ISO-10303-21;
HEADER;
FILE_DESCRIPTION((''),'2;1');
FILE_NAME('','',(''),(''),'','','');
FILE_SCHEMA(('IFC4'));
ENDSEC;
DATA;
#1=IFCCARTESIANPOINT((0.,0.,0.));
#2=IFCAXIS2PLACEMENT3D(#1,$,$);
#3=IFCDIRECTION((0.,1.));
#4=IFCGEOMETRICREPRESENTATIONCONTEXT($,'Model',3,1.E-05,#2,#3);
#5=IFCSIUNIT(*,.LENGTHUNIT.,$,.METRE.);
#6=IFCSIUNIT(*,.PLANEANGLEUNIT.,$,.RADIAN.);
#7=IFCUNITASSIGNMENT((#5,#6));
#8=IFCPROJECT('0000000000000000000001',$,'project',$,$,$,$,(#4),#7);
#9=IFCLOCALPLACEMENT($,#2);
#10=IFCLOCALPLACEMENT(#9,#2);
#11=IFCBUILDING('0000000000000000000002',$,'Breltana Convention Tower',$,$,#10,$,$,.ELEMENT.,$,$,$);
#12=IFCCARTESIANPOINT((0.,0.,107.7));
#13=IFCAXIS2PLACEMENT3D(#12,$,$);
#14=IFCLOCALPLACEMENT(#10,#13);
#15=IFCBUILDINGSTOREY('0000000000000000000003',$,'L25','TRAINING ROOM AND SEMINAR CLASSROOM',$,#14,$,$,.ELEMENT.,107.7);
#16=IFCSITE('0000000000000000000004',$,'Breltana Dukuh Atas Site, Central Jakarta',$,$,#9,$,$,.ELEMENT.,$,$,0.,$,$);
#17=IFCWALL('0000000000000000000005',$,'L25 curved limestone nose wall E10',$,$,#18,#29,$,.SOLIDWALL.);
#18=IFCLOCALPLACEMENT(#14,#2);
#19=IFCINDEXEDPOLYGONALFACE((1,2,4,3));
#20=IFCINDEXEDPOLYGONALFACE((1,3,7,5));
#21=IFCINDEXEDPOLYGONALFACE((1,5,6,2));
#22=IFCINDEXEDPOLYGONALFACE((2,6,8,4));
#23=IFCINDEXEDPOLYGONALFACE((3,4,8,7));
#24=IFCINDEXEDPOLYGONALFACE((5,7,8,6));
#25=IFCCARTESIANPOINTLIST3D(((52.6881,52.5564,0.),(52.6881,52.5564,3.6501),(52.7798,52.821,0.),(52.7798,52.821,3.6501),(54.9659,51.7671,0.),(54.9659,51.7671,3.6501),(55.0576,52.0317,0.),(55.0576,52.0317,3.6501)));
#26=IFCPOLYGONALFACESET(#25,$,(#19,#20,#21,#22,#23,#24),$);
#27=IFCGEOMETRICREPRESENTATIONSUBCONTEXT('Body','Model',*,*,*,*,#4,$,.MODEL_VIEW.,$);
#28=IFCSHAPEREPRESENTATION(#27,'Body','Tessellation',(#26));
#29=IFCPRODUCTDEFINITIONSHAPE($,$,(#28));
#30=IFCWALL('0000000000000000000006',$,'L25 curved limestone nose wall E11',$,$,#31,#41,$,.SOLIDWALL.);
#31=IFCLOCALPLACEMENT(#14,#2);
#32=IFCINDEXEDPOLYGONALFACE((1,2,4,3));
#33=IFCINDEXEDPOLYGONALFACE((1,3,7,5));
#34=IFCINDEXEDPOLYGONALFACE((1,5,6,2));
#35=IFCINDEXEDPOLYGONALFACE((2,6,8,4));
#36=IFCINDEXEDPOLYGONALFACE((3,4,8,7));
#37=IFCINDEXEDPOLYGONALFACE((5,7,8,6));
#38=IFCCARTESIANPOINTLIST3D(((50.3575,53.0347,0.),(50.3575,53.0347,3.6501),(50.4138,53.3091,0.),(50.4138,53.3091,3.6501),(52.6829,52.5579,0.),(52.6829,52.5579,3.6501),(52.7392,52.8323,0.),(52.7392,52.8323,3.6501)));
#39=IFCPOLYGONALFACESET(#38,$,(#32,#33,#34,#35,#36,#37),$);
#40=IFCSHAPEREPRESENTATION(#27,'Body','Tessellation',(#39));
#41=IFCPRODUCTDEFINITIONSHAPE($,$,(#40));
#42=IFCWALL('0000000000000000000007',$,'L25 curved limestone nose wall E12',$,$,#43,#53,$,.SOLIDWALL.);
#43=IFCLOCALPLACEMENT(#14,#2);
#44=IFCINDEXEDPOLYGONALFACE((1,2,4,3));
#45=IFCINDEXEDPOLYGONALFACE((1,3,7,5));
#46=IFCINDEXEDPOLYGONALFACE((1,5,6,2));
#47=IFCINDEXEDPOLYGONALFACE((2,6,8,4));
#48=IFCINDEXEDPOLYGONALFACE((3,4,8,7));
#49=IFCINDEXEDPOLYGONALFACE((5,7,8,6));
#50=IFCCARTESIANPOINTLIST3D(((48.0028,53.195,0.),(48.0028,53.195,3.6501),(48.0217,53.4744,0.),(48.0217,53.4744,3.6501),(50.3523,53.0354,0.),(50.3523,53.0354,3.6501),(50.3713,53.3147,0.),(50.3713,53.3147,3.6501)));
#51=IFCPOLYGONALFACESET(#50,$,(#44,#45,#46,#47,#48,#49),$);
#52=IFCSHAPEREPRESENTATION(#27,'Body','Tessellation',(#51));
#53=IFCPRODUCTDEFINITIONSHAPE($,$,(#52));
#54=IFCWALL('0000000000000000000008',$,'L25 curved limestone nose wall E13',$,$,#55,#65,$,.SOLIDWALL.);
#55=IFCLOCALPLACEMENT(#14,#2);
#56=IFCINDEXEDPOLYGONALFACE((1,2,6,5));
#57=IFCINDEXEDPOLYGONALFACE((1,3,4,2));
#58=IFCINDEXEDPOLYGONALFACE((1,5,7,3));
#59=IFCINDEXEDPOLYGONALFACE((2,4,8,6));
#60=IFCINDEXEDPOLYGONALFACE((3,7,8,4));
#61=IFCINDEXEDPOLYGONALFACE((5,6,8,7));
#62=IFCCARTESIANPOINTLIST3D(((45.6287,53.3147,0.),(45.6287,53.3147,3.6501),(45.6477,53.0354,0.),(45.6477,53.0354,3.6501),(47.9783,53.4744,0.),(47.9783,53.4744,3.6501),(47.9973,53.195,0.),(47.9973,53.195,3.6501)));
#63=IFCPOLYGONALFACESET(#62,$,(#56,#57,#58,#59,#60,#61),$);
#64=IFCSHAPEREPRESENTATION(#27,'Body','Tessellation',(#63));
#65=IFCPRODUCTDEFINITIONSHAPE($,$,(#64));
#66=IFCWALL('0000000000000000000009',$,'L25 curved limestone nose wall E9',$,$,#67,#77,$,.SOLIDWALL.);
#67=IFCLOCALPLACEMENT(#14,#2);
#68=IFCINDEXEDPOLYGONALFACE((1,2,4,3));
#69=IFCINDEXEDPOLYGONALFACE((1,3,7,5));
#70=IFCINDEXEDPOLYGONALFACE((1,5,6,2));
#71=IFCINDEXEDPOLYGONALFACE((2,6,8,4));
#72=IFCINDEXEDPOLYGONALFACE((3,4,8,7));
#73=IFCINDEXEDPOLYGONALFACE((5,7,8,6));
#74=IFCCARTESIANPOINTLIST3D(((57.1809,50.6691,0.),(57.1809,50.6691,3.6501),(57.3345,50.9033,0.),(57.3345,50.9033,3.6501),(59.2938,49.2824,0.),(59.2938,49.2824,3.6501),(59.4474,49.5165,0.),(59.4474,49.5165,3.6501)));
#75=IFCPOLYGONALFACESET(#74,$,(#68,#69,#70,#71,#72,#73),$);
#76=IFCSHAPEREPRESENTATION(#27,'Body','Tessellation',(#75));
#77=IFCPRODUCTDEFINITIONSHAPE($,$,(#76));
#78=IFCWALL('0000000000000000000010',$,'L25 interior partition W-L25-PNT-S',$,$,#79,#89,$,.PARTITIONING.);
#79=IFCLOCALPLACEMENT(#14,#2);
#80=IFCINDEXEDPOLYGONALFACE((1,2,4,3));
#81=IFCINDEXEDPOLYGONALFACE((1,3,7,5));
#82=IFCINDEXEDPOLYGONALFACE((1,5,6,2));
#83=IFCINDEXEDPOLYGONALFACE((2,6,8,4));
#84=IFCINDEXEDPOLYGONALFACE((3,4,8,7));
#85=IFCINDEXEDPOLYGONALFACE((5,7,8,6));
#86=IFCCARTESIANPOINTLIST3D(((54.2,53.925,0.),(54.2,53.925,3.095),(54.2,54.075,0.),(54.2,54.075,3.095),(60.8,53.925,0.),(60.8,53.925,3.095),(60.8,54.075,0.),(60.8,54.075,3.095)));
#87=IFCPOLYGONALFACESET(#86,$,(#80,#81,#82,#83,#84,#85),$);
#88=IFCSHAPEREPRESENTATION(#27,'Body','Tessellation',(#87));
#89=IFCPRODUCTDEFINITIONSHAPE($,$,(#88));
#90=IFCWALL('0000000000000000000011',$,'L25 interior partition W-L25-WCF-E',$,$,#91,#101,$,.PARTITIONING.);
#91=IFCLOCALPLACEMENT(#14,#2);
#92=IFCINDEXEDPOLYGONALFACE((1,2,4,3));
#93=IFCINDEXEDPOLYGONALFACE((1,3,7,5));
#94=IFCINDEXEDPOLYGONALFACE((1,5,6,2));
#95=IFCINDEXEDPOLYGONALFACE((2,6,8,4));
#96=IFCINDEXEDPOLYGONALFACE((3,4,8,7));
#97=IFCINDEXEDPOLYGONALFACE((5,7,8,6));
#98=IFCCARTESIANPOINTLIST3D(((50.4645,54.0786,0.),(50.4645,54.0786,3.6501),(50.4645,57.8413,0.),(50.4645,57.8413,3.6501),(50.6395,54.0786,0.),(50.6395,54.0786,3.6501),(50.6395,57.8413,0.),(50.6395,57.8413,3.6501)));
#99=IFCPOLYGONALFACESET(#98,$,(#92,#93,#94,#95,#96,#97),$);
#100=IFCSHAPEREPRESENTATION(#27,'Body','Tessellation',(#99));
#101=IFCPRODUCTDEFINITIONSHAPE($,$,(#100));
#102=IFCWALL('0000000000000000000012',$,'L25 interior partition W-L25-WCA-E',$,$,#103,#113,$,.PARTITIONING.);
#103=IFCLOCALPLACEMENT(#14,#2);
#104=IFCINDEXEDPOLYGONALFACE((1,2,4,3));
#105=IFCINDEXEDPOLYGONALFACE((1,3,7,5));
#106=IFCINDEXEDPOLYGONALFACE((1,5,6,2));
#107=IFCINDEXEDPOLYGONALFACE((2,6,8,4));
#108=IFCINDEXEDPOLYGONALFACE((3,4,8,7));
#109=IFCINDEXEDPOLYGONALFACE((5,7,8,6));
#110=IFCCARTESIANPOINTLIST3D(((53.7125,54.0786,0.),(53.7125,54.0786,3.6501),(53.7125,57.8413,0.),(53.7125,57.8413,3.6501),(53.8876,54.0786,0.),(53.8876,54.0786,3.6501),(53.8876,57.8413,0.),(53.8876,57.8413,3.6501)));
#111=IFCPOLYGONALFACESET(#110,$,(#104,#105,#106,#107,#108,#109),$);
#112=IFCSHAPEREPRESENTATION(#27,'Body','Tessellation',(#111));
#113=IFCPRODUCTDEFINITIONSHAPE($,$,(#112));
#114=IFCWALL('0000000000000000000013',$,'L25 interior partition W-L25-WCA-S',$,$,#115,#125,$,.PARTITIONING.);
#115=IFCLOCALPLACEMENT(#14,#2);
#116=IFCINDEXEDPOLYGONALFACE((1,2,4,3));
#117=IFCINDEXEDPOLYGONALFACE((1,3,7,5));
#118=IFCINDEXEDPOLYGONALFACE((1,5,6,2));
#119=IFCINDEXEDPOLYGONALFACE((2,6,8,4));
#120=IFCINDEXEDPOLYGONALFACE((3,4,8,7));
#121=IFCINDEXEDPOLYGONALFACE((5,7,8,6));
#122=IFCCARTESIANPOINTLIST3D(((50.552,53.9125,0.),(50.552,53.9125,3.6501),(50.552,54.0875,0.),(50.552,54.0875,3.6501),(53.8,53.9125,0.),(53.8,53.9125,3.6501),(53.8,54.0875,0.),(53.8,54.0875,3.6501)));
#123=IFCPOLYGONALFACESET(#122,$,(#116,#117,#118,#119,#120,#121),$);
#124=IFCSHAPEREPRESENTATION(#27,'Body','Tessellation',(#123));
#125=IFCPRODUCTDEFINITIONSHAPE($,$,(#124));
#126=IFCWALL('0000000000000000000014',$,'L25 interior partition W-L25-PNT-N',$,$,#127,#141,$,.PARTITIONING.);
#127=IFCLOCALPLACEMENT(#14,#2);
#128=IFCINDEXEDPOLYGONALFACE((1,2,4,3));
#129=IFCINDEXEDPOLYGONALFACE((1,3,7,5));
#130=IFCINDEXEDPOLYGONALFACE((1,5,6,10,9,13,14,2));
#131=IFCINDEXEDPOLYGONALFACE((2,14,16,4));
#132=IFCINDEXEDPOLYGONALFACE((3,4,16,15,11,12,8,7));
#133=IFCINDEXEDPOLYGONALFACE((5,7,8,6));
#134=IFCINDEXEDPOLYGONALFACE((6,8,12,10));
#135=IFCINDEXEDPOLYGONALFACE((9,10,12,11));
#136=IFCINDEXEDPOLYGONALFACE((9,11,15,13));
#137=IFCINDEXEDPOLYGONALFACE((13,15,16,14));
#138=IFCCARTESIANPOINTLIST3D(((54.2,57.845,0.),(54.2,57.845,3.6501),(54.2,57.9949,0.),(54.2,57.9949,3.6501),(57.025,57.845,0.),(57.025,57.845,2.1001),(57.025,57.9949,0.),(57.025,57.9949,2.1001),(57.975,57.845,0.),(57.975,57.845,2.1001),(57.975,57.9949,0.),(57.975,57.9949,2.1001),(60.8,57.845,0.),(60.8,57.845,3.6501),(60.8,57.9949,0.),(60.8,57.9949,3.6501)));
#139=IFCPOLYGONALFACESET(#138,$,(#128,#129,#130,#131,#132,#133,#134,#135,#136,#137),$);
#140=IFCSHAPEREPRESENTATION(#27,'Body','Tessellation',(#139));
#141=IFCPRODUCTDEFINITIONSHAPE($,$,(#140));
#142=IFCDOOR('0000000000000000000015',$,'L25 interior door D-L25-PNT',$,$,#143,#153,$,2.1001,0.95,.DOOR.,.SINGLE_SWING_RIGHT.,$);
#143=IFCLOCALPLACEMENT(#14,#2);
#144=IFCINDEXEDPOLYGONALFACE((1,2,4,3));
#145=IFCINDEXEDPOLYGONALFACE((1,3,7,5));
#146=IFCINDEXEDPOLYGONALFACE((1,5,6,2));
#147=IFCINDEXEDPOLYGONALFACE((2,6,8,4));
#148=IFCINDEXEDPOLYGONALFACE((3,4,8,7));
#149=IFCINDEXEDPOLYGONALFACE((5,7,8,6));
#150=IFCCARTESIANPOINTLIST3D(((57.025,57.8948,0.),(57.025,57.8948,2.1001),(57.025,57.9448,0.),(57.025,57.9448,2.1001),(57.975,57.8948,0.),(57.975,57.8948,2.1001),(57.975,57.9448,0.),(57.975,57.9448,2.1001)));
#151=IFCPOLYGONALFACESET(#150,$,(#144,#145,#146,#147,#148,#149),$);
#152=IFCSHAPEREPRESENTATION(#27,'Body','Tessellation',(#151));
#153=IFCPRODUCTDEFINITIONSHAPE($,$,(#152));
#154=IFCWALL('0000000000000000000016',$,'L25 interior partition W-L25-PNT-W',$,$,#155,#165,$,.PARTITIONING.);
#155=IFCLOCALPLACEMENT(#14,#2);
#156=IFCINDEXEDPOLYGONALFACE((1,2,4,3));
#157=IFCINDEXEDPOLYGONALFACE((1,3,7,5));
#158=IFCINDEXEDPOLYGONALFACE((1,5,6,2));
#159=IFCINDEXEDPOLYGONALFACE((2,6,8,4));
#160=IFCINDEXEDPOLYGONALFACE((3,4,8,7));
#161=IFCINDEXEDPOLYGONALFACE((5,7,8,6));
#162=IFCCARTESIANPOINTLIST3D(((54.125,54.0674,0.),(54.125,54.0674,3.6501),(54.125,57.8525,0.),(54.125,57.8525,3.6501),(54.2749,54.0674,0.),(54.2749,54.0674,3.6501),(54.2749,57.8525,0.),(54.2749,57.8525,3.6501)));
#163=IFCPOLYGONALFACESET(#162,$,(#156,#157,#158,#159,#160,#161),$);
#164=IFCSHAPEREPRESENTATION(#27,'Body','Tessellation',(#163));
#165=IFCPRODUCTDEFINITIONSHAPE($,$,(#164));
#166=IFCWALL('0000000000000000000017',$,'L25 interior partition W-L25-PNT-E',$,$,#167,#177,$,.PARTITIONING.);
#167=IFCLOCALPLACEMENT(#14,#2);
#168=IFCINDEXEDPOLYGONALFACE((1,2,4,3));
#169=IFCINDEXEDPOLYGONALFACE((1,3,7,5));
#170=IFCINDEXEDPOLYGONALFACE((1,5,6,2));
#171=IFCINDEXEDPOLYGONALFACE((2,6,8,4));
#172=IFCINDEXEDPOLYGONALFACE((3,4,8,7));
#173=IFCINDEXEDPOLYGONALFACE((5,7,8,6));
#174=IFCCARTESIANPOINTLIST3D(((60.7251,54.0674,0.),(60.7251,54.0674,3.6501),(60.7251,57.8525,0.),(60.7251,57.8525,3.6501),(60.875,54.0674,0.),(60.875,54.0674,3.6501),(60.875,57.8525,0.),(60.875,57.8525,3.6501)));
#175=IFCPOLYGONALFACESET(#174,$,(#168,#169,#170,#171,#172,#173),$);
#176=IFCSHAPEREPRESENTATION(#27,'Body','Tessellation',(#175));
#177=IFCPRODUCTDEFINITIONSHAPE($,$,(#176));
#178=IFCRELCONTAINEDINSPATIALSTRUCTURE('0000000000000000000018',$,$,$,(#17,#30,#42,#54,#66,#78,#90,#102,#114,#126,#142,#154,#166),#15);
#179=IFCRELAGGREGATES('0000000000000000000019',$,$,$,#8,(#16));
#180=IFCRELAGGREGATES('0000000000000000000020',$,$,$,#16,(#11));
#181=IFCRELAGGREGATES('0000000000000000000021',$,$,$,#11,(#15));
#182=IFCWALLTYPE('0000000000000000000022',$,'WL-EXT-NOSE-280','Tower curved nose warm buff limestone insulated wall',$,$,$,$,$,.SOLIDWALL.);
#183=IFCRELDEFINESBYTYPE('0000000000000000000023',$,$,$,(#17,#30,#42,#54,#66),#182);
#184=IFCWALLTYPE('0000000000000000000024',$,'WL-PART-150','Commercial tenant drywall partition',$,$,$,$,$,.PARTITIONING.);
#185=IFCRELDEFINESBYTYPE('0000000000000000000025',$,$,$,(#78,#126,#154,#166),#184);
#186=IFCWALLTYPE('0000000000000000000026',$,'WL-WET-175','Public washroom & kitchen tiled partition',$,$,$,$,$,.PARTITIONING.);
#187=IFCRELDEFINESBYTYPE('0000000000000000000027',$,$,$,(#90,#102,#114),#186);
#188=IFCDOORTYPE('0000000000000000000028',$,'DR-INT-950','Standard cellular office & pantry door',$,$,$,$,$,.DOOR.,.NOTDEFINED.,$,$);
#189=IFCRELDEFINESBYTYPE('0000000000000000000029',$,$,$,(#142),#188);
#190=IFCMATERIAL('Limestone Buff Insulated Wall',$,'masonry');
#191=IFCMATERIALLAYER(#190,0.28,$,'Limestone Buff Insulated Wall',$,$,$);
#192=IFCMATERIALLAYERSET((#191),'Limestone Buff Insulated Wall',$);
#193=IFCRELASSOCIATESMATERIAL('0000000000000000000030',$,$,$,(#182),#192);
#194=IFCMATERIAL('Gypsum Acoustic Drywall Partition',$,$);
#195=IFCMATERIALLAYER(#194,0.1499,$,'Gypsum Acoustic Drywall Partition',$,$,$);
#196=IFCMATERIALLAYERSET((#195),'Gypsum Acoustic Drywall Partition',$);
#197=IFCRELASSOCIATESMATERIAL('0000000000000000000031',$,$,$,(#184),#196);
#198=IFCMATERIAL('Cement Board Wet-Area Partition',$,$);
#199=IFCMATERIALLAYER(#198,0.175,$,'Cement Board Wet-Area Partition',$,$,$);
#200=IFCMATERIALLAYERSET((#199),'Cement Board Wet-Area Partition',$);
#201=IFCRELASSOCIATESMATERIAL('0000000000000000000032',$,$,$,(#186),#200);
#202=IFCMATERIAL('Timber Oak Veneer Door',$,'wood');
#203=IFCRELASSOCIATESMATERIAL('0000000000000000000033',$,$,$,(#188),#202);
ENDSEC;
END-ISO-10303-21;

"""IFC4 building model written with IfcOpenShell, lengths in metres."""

from ifc_helpers import new_model, si_unit, direction, frame, frame_2d, origin, place, context, subcontext, project, spatial, rectangle, extrude, source, transform, mapped, material, layer, layer_set, type_object, type_shapes, element, fill, save


model = new_model("IFC4")

# Units and contexts
model_context = context("Model", 3, precision=1e-05, world=origin(), true_north=direction((0.0, 1.0)))
body_context = subcontext(model_context, "Body", "Model", "MODEL_VIEW")
ifc_project = project(units=[si_unit("LENGTHUNIT", "METRE"), si_unit("PLANEANGLEUNIT", "RADIAN")], contexts=[model_context])

# Site, building, storey
site_placement = place(None, origin())
site = spatial("IfcSite", under=ifc_project, at=site_placement, Name="Breltana Dukuh Atas Site, Central Jakarta", CompositionType="ELEMENT", RefElevation=0.0)
building_placement = place(site_placement, origin())
building = spatial("IfcBuilding", under=site, at=building_placement, Name="Breltana Convention Tower", CompositionType="ELEMENT")
storey_placement = place(building_placement, frame((0.0, 0.0, 107.7)))
storey = spatial("IfcBuildingStorey", under=building, at=storey_placement, Name="L25", Description="TRAINING ROOM AND SEMINAR CLASSROOM", CompositionType="ELEMENT", Elevation=107.7)

# Walls
ifc_material_1 = material(Name="Limestone Buff Insulated Wall", Category="masonry")
ifc_layer_1 = layer(ifc_material_1, 0.28, Name="Limestone Buff Insulated Wall")
ifc_layer_set_1 = layer_set([ifc_layer_1], Name="Limestone Buff Insulated Wall")
wall_type_1 = type_object("IfcWallType", Name="WL-EXT-NOSE-280", Description="Tower curved nose warm buff limestone insulated wall", PredefinedType="SOLIDWALL", material=ifc_layer_set_1)
shared_shape_1 = source(origin(), body_context, "Body", "SweptSolid", [
    extrude(rectangle(XDim=2.4106, YDim=0.28, at=frame_2d((1.2053, 0.0))), origin(), (0.0, 0.0, 1.0), 3.6501),
])
wall_1_placement = place(storey_placement, frame((55.0117, 51.8994, 0.0), z_axis=(0.0, 0.0, 1.0), x_axis=(-0.94488, 0.327417, 0.0)))
element("IfcWall", 1, at=wall_1_placement, inside=storey, type_object=wall_type_1, Name="L25 curved limestone nose wall E10", PredefinedType="SOLIDWALL", context=body_context, shape_type="MappedRepresentation", body=[
    mapped(shared_shape_1, transform((0.0, 0.0, 0.0), scale=1.0)),
])
shared_shape_2 = source(origin(), body_context, "Body", "SweptSolid", [
    extrude(rectangle(XDim=2.3738, YDim=0.28, at=frame_2d((1.187, 0.0))), origin(), (0.0, 0.0, 1.0), 3.6501),
])
wall_2_placement = place(storey_placement, frame((52.7112, 52.6951, 0.0), z_axis=(0.0, 0.0, 1.0), x_axis=(-0.97962, 0.200861, 0.0)))
element("IfcWall", 2, at=wall_2_placement, inside=storey, type_object=wall_type_1, Name="L25 curved limestone nose wall E11", PredefinedType="SOLIDWALL", context=body_context, shape_type="MappedRepresentation", body=[
    mapped(shared_shape_2, transform((0.0, 0.0, 0.0), scale=1.0)),
])
shared_shape_3 = source(origin(), body_context, "Body", "SweptSolid", [
    extrude(rectangle(XDim=2.355, YDim=0.28, at=frame_2d((1.1775, 0.0))), origin(), (0.0, 0.0, 1.0), 3.6501),
])
for number, where, z_axis, x_axis, name in (
    (3, (50.3618, 53.175, 0.0), (0.0, 0.0, 1.0), (-0.997699, 0.067799, 0.0), "L25 curved limestone nose wall E12"),
    (4, (47.9878, 53.3347, 0.0), (0.0, 0.0, 1.0), (-0.997699, -0.067799, 0.0), "L25 curved limestone nose wall E13"),
):
    element("IfcWall", number, at=place(storey_placement, frame(where, z_axis=z_axis, x_axis=x_axis)), inside=storey, type_object=wall_type_1, Name=name, PredefinedType="SOLIDWALL", context=body_context, shape_type="MappedRepresentation", body=[
        mapped(shared_shape_3, transform((0.0, 0.0, 0.0), scale=1.0)),
    ])
shared_shape_4 = source(origin(), body_context, "Body", "SweptSolid", [
    extrude(rectangle(XDim=2.5273, YDim=0.28, at=frame_2d((1.2637, 0.0))), origin(), (0.0, 0.0, 1.0), 3.6501),
])
wall_3_placement = place(storey_placement, frame((59.3706, 49.3994, 0.0), z_axis=(0.0, 0.0, 1.0), x_axis=(-0.836012, 0.548711, 0.0)))
element("IfcWall", 5, at=wall_3_placement, inside=storey, type_object=wall_type_1, Name="L25 curved limestone nose wall E9", PredefinedType="SOLIDWALL", context=body_context, shape_type="MappedRepresentation", body=[
    mapped(shared_shape_4, transform((0.0, 0.0, 0.0), scale=1.0)),
])
ifc_material_2 = material(Name="Gypsum Acoustic Drywall Partition")
ifc_layer_2 = layer(ifc_material_2, 0.1499, Name="Gypsum Acoustic Drywall Partition")
ifc_layer_set_2 = layer_set([ifc_layer_2], Name="Gypsum Acoustic Drywall Partition")
wall_type_2 = type_object("IfcWallType", Name="WL-PART-150", Description="Commercial tenant drywall partition", PredefinedType="PARTITIONING", material=ifc_layer_set_2)
shared_shape_5 = source(origin(), body_context, "Body", "SweptSolid", [
    extrude(rectangle(XDim=6.6001, YDim=0.1499, at=frame_2d((3.3, 0.0))), origin(), (0.0, 0.0, 1.0), 3.095),
])
wall_4_placement = place(storey_placement, frame((54.2, 54.0, 0.0), z_axis=(0.0, 0.0, 1.0), x_axis=(1.0, 0.0, 0.0)))
element("IfcWall", 6, at=wall_4_placement, inside=storey, type_object=wall_type_2, Name="L25 interior partition W-L25-PNT-S", PredefinedType="PARTITIONING", context=body_context, shape_type="MappedRepresentation", body=[
    mapped(shared_shape_5, transform((0.0, 0.0, 0.0), scale=1.0)),
])
ifc_material_3 = material(Name="Cement Board Wet-Area Partition")
ifc_layer_3 = layer(ifc_material_3, 0.175, Name="Cement Board Wet-Area Partition")
ifc_layer_set_3 = layer_set([ifc_layer_3], Name="Cement Board Wet-Area Partition")
wall_type_3 = type_object("IfcWallType", Name="WL-WET-175", Description="Public washroom & kitchen tiled partition", PredefinedType="PARTITIONING", material=ifc_layer_set_3)
shared_shape_6 = source(origin(), body_context, "Body", "SweptSolid", [
    extrude(rectangle(XDim=3.7627, YDim=0.175, at=frame_2d((1.8813, 0.0))), origin(), (0.0, 0.0, 1.0), 3.6501),
])
for number, where, z_axis, x_axis, name in (
    (7, (50.552, 54.0786, 0.0), (0.0, 0.0, 1.0), (0.0, 1.0, 0.0), "L25 interior partition W-L25-WCF-E"),
    (8, (53.8, 54.0786, 0.0), (0.0, 0.0, 1.0), (0.0, 1.0, 0.0), "L25 interior partition W-L25-WCA-E"),
):
    element("IfcWall", number, at=place(storey_placement, frame(where, z_axis=z_axis, x_axis=x_axis)), inside=storey, type_object=wall_type_3, Name=name, PredefinedType="PARTITIONING", context=body_context, shape_type="MappedRepresentation", body=[
        mapped(shared_shape_6, transform((0.0, 0.0, 0.0), scale=1.0)),
    ])
shared_shape_7 = source(origin(), body_context, "Body", "SweptSolid", [
    extrude(rectangle(XDim=3.248, YDim=0.175, at=frame_2d((1.624, 0.0))), origin(), (0.0, 0.0, 1.0), 3.6501),
])
wall_5_placement = place(storey_placement, frame((50.552, 54.0, 0.0), z_axis=(0.0, 0.0, 1.0), x_axis=(1.0, 0.0, 0.0)))
element("IfcWall", 9, at=wall_5_placement, inside=storey, type_object=wall_type_3, Name="L25 interior partition W-L25-WCA-S", PredefinedType="PARTITIONING", context=body_context, shape_type="MappedRepresentation", body=[
    mapped(shared_shape_7, transform((0.0, 0.0, 0.0), scale=1.0)),
])

# Wall, opening, door
shared_shape_8 = source(origin(), body_context, "Body", "SweptSolid", [
    extrude(rectangle(XDim=6.6001, YDim=0.1499, at=frame_2d((3.3, 0.0))), origin(), (0.0, 0.0, 1.0), 3.6501),
])
wall_6_placement = place(storey_placement, frame((54.2, 57.9199, 0.0), z_axis=(0.0, 0.0, 1.0), x_axis=(1.0, 0.0, 0.0)))
wall_6 = element("IfcWall", 10, at=wall_6_placement, inside=storey, type_object=wall_type_2, Name="L25 interior partition W-L25-PNT-N", PredefinedType="PARTITIONING", context=body_context, shape_type="MappedRepresentation", body=[
    mapped(shared_shape_8, transform((0.0, 0.0, 0.0), scale=1.0)),
])
opening_1_placement = place(wall_6_placement, frame((2.825, 0.0, 0.0)))
opening_1 = element("IfcOpeningElement", 11, at=opening_1_placement, cuts=wall_6, PredefinedType="OPENING", context=body_context, shape_type="SweptSolid", body=[
    extrude(rectangle(XDim=0.95, YDim=2.1001, at=frame_2d((0.4751, 1.05))), frame((0.0, 0.085, 0.0), z_axis=(0.0, -1.0, 0.0), x_axis=(1.0, 0.0, 0.0)), (0.0, 0.0, 1.0), 0.1699),
])
ifc_material_4 = material(Name="Timber Oak Veneer Door", Category="wood")
door_type_1 = type_object("IfcDoorType", Name="DR-INT-950", Description="Standard cellular office & pantry door", OperationType="NOTDEFINED", PredefinedType="DOOR", material=ifc_material_4)
shared_shape_9 = source(origin(), body_context, "Body", "SweptSolid", [
    extrude(rectangle(XDim=0.95, YDim=2.1001, at=frame_2d((0.4751, 1.05))), frame((0.0, 0.0249, 0.0), z_axis=(0.0, -1.0, 0.0), x_axis=(1.0, 0.0, 0.0)), (0.0, 0.0, 1.0), 0.05),
])
type_shapes(door_type_1, [shared_shape_9])
door_1_placement = place(opening_1_placement, origin())
door_1 = element("IfcDoor", 12, at=door_1_placement, inside=storey, type_object=door_type_1, Name="L25 interior door D-L25-PNT", OperationType="SINGLE_SWING_RIGHT", OverallHeight=2.1001, OverallWidth=0.95, PredefinedType="DOOR", context=body_context, shape_type="MappedRepresentation", body=[
    mapped(shared_shape_9, transform((0.0, 0.0, 0.0), scale=1.0)),
])
fill(opening_1, door_1)

# Walls
shared_shape_10 = source(origin(), body_context, "Body", "SweptSolid", [
    extrude(rectangle(XDim=3.7852, YDim=0.1499, at=frame_2d((1.8926, 0.0))), origin(), (0.0, 0.0, 1.0), 3.6501),
])
for number, where, z_axis, x_axis, name in (
    (13, (54.2, 54.0674, 0.0), (0.0, 0.0, 1.0), (0.0, 1.0, 0.0), "L25 interior partition W-L25-PNT-W"),
    (14, (60.8, 54.0674, 0.0), (0.0, 0.0, 1.0), (0.0, 1.0, 0.0), "L25 interior partition W-L25-PNT-E"),
):
    element("IfcWall", number, at=place(storey_placement, frame(where, z_axis=z_axis, x_axis=x_axis)), inside=storey, type_object=wall_type_2, Name=name, PredefinedType="PARTITIONING", context=body_context, shape_type="MappedRepresentation", body=[
        mapped(shared_shape_10, transform((0.0, 0.0, 0.0), scale=1.0)),
    ])

save(model, "model.ifc")
